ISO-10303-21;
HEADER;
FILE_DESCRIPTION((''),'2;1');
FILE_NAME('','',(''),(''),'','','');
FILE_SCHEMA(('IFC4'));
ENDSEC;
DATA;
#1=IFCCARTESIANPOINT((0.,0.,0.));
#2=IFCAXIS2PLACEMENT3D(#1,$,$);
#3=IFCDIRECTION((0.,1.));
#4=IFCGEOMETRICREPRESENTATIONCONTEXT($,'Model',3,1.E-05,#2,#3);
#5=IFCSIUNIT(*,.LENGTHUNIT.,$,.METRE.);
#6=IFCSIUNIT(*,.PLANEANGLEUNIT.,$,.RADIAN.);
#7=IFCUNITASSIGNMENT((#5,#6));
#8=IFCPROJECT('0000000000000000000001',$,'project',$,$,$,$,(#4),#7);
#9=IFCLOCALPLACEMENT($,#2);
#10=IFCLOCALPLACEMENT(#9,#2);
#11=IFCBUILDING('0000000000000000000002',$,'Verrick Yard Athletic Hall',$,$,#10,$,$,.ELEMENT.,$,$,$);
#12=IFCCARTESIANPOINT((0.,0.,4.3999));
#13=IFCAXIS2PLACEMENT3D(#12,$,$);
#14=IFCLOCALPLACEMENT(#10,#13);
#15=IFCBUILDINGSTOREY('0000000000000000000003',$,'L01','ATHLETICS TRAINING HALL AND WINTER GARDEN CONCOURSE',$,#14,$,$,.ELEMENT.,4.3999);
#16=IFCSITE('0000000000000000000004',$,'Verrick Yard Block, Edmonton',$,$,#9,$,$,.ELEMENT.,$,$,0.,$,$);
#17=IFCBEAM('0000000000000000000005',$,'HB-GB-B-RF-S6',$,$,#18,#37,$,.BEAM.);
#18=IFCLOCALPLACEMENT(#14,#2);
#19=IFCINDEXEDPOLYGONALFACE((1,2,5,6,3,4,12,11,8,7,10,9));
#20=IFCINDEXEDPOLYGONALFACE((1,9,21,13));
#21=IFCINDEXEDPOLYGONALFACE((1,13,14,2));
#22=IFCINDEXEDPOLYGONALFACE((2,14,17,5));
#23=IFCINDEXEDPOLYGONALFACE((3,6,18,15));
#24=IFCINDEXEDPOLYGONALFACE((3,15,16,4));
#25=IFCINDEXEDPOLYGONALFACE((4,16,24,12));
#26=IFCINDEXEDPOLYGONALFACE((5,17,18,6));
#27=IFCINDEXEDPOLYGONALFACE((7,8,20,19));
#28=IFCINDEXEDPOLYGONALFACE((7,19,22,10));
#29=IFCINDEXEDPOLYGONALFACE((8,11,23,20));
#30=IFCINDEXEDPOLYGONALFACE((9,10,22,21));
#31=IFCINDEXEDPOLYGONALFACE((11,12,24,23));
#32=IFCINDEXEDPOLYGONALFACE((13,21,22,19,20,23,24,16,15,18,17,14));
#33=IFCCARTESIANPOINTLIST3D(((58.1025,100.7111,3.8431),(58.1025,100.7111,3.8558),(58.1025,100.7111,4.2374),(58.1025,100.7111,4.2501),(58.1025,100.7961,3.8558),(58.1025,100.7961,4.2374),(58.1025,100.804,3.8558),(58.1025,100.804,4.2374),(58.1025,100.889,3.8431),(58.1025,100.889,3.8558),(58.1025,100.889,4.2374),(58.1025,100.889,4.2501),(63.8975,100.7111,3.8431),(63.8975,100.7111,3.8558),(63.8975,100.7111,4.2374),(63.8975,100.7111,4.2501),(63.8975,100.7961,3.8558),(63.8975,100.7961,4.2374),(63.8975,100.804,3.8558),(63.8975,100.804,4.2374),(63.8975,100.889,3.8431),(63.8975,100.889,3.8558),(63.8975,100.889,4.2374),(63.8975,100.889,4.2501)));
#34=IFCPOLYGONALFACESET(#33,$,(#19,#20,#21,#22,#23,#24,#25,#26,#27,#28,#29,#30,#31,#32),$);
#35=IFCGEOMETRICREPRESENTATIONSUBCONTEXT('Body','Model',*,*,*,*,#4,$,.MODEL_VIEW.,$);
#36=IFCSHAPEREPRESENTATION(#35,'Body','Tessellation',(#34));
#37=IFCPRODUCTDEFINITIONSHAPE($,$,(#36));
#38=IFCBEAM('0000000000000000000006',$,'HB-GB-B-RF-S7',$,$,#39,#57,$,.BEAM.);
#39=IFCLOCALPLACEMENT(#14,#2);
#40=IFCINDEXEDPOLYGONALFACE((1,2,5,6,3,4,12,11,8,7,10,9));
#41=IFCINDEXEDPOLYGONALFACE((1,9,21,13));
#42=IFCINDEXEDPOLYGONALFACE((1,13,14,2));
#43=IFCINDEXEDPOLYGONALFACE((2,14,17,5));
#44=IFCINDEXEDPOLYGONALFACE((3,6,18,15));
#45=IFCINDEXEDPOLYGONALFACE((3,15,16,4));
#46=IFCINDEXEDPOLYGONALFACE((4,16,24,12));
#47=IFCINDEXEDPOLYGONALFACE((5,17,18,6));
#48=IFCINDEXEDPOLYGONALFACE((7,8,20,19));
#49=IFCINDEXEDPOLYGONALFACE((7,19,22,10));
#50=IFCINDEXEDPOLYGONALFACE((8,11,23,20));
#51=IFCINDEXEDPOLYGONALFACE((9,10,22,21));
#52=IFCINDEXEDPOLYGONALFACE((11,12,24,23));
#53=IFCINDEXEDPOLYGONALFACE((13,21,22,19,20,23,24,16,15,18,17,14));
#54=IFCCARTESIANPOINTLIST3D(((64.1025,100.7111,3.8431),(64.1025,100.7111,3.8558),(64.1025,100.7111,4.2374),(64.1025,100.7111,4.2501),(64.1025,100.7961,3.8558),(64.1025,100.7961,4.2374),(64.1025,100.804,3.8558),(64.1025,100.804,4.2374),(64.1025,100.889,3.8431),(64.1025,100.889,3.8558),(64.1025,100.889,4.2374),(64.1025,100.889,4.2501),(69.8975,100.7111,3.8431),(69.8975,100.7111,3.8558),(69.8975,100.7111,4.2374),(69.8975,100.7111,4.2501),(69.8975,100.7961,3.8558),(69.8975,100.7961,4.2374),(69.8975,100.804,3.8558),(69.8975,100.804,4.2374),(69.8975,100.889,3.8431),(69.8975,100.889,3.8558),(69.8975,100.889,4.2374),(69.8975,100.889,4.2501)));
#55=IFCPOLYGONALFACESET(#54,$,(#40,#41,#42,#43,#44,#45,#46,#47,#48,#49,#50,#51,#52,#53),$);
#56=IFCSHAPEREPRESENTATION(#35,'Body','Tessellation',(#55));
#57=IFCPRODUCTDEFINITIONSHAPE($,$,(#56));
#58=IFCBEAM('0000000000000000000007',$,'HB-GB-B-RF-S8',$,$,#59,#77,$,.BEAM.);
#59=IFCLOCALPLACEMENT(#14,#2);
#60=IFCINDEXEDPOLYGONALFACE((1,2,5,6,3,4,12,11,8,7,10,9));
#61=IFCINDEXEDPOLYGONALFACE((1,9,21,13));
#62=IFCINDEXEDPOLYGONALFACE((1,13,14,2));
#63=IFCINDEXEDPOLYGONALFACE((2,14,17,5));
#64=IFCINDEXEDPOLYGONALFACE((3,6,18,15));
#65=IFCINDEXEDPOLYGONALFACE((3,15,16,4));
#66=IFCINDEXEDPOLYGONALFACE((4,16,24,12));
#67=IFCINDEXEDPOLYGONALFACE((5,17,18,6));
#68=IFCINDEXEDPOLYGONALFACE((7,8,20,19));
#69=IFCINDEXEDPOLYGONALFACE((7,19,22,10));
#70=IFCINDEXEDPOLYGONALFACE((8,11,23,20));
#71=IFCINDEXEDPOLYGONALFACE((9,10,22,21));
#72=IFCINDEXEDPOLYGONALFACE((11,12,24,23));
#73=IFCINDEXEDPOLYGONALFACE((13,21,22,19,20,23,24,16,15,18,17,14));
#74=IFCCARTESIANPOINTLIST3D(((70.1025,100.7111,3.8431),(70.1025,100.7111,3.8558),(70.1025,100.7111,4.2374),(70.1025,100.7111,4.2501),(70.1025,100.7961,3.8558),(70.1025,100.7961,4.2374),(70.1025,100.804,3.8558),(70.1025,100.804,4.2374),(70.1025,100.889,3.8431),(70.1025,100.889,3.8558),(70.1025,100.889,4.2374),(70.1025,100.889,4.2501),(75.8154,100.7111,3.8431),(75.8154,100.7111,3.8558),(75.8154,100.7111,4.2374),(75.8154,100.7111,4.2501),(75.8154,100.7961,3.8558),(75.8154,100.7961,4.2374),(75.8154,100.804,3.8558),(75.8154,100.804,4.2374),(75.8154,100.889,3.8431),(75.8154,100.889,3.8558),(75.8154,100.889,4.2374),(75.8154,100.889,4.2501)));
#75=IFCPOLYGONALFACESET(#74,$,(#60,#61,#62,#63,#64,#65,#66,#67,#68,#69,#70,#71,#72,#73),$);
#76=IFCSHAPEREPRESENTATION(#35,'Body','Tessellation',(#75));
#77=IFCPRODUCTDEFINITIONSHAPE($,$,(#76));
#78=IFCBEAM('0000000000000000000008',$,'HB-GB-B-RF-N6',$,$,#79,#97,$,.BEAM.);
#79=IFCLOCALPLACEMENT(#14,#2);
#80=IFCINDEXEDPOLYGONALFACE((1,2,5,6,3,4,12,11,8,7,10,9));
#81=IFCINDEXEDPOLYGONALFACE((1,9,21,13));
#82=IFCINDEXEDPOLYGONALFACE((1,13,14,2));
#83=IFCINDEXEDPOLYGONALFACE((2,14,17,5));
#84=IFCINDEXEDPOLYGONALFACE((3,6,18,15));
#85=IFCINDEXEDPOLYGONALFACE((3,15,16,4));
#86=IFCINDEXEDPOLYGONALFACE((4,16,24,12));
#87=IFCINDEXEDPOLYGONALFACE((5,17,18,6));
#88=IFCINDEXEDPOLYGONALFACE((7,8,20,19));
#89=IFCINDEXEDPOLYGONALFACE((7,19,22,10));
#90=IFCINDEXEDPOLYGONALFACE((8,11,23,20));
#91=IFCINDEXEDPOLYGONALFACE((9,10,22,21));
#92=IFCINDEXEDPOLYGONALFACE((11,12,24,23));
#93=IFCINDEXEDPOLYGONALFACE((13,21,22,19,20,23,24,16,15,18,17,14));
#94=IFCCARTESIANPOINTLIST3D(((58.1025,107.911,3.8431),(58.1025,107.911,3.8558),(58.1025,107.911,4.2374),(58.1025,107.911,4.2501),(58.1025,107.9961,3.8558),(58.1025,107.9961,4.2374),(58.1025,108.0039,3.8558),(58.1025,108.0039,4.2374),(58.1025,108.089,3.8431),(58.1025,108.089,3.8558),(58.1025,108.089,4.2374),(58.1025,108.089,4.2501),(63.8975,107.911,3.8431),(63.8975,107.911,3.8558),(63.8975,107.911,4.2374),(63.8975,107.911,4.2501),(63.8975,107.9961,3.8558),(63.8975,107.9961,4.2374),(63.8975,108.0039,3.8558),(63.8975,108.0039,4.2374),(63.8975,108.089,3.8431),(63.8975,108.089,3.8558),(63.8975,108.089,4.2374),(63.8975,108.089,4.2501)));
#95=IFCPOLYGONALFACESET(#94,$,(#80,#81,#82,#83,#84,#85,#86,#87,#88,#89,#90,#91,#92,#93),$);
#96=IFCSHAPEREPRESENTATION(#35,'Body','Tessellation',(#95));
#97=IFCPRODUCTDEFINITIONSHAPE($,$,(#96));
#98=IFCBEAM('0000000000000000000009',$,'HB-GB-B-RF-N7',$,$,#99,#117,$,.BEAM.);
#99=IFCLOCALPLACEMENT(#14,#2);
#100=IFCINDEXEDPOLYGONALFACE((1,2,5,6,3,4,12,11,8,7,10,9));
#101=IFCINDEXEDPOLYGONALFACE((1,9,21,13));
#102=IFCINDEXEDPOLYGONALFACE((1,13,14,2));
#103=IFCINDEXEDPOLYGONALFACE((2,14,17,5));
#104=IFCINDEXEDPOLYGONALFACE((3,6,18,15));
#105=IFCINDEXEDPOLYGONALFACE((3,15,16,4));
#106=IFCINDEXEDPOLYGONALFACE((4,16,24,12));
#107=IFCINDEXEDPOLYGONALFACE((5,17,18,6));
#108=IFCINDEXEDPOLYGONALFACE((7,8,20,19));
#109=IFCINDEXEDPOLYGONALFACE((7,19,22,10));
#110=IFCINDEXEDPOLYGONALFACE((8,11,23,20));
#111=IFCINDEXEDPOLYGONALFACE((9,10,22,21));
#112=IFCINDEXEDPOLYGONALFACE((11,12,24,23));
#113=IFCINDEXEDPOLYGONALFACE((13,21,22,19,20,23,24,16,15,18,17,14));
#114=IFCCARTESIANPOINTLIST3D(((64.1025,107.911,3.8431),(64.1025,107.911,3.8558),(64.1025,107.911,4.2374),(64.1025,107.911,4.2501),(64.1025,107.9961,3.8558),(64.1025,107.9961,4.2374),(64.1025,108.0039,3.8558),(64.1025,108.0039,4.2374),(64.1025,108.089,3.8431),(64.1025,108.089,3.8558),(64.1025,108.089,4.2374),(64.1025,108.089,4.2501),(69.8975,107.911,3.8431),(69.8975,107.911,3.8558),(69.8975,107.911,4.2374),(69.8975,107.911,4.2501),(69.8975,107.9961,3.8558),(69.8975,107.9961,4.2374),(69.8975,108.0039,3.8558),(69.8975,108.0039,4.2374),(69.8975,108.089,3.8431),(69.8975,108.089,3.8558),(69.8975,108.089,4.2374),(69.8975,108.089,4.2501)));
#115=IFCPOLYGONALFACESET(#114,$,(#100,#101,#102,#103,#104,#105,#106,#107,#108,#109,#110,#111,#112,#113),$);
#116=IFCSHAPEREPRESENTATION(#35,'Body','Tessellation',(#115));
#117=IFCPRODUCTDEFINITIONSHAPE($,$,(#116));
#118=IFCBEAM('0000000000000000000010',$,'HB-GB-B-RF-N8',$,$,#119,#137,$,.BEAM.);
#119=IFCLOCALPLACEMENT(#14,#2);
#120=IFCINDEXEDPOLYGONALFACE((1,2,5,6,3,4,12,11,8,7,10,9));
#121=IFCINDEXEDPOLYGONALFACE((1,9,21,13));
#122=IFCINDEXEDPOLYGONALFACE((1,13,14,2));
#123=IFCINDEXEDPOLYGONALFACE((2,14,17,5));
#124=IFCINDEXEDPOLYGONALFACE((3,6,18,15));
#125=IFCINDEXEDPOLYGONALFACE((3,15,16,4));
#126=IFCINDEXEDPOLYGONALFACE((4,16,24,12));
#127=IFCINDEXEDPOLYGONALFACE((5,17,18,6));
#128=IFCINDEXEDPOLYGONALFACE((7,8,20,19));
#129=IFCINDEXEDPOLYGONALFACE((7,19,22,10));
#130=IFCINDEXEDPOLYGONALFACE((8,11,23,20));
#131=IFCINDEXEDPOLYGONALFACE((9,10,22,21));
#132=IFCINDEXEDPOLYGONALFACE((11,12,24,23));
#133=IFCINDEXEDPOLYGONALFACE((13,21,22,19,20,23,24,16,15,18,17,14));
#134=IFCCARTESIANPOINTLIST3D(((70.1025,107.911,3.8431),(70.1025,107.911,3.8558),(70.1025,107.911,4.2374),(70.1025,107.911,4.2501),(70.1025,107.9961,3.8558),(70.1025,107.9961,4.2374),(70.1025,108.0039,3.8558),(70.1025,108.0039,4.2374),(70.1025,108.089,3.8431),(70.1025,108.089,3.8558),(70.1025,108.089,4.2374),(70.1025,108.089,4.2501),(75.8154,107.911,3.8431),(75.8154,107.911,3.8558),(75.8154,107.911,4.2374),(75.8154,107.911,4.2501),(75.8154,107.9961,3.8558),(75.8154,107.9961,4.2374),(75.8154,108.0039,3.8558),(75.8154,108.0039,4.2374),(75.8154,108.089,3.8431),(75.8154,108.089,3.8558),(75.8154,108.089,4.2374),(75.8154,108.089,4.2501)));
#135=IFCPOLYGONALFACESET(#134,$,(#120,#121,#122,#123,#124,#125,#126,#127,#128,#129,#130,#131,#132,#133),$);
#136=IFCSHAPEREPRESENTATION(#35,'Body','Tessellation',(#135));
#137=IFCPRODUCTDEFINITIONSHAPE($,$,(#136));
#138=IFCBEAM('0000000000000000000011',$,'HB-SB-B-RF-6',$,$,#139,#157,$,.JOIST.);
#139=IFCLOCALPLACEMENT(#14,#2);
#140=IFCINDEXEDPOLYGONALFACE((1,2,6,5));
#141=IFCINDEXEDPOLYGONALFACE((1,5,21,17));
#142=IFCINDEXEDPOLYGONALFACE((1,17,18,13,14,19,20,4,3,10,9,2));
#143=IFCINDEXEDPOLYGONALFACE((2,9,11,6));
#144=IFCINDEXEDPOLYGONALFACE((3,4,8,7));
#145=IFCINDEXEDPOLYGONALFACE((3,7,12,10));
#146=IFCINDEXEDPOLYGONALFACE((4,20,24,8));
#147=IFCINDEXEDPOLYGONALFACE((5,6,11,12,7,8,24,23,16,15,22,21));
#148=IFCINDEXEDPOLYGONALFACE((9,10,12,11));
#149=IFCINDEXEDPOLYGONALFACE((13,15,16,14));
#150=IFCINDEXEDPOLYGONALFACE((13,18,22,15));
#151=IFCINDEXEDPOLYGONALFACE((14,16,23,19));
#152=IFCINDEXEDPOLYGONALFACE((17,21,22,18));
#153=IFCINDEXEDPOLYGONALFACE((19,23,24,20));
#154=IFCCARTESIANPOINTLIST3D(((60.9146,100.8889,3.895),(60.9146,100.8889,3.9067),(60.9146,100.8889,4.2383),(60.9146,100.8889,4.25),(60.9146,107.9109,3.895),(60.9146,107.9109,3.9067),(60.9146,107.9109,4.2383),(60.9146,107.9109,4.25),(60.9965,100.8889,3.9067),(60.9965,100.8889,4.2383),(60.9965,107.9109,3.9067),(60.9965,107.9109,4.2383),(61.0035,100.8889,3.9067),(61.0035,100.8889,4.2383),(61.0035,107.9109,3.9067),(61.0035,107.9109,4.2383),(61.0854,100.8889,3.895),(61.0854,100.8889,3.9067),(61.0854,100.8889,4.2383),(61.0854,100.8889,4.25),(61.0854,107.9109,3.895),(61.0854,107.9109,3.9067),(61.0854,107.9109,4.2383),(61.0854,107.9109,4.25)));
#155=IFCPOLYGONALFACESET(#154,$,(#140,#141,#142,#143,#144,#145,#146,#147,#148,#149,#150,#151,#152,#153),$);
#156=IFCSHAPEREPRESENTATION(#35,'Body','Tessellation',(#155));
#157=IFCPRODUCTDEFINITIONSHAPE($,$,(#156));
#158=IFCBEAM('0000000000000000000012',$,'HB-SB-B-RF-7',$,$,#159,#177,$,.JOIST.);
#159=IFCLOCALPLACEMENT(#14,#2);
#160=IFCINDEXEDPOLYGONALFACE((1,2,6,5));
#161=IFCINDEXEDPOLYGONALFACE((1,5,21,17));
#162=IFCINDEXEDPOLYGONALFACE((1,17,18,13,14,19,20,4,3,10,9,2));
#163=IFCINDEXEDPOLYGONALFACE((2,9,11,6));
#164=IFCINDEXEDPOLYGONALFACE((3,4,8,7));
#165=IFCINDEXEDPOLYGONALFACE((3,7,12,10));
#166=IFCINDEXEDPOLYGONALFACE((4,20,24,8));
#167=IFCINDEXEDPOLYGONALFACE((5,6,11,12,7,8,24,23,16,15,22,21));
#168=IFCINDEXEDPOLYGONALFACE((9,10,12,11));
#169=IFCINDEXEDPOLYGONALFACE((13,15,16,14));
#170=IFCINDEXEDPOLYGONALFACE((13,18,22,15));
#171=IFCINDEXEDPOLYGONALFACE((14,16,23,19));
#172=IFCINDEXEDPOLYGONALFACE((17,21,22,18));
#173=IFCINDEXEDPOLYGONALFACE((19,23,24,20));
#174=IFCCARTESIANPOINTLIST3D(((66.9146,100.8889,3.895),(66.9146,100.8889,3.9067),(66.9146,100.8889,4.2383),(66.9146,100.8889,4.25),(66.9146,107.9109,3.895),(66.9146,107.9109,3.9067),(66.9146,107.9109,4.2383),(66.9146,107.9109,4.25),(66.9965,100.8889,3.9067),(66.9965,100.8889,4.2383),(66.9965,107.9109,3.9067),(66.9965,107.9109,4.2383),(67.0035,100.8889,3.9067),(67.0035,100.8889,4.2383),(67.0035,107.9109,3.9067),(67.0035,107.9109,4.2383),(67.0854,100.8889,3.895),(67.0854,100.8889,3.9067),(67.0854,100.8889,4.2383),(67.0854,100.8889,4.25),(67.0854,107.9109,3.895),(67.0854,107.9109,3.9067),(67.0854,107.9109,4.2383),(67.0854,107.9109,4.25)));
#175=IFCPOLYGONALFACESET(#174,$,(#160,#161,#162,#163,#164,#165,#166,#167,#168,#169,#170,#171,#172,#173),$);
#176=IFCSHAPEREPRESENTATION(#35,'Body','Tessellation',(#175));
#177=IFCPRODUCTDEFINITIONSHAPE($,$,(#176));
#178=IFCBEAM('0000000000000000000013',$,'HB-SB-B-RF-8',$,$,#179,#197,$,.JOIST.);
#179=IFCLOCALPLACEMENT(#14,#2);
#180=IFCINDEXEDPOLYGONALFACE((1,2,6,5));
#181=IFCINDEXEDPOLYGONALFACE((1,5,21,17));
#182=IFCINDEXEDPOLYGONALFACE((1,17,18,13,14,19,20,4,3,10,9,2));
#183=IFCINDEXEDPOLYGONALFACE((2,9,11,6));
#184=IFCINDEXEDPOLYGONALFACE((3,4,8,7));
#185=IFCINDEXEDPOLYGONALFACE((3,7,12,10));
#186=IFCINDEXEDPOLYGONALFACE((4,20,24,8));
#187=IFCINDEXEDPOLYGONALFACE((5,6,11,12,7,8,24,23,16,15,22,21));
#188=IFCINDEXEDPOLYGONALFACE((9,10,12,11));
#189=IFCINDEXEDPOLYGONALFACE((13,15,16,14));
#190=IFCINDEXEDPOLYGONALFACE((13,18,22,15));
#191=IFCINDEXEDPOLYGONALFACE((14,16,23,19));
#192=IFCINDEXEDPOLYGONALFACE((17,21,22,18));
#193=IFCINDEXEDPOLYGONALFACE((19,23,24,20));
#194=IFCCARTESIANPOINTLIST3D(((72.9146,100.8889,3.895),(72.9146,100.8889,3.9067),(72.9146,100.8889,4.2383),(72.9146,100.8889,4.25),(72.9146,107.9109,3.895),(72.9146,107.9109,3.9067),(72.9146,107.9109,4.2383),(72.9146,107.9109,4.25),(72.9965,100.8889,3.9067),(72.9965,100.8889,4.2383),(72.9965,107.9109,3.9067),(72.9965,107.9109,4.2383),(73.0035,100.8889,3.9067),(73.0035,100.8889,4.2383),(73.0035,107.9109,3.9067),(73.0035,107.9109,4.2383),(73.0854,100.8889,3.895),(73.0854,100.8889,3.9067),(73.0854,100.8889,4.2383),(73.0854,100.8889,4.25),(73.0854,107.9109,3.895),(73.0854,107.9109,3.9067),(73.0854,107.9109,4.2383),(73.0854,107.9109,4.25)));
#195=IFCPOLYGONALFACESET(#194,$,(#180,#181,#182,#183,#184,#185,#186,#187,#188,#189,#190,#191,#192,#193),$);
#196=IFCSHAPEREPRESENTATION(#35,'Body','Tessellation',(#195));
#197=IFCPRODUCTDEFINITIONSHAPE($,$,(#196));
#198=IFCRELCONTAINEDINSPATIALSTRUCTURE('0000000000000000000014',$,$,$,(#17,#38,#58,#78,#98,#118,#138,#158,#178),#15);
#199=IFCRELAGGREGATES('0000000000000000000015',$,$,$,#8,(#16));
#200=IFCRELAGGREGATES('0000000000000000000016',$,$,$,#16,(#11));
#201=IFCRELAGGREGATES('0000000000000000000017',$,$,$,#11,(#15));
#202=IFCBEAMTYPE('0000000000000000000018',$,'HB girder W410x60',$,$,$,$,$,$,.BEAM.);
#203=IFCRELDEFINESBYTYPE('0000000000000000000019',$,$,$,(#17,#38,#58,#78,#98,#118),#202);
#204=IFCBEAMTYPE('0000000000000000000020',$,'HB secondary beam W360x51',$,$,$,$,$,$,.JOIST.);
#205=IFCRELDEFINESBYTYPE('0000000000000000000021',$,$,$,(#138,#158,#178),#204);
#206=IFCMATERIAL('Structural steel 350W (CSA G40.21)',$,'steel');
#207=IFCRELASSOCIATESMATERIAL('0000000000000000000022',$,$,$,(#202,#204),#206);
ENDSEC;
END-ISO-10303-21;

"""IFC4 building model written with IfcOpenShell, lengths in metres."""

from ifc_helpers import new_model, si_unit, direction, frame, origin, origin_2d, place, context, subcontext, project, spatial, i_section, extrude, material, material_profile, profile_set, type_object, element, save


model = new_model("IFC4")

# Units and contexts
model_context = context("Model", 3, precision=1e-05, world=origin(), true_north=direction((0.0, 1.0)))
body_context = subcontext(model_context, "Body", "Model", "MODEL_VIEW")
ifc_project = project(units=[si_unit("LENGTHUNIT", "METRE"), si_unit("PLANEANGLEUNIT", "RADIAN")], contexts=[model_context])

# Site, building, storey
site_placement = place(None, origin())
site = spatial("IfcSite", under=ifc_project, at=site_placement, Name="Verrick Yard Block, Edmonton", CompositionType="ELEMENT", RefElevation=0.0)
building_placement = place(site_placement, origin())
building = spatial("IfcBuilding", under=site, at=building_placement, Name="Verrick Yard Athletic Hall", CompositionType="ELEMENT")
storey_placement = place(building_placement, frame((0.0, 0.0, 4.3999)))
storey = spatial("IfcBuildingStorey", under=building, at=storey_placement, Name="L01", Description="ATHLETICS TRAINING HALL AND WINTER GARDEN CONCOURSE", CompositionType="ELEMENT", Elevation=4.3999)

# Shared definitions
ifc_material_1 = material(Name="Structural steel 350W (CSA G40.21)", Category="steel")

# Beams
ifc_material_profile_1 = material_profile(ifc_material_1, i_section(OverallWidth=0.178, OverallDepth=0.407, WebThickness=0.0078, FlangeThickness=0.0127, at=origin_2d()), Name="W410x60")
ifc_profile_set_1 = profile_set([ifc_material_profile_1], Name="Structural steel 350W (CSA G40.21)")
beam_type_1 = type_object("IfcBeamType", Name="HB girder W410x60", PredefinedType="BEAM", material=ifc_profile_set_1)
for number, where, z_axis, x_axis, name in (
    (1, (58.1025, 100.8, 4.0466), (1.0, 0.0, 0.0), (0.0, 1.0, 0.0), "HB-GB-B-RF-S6"),
    (2, (64.1025, 100.8, 4.0466), (1.0, 0.0, 0.0), (0.0, 1.0, 0.0), "HB-GB-B-RF-S7"),
):
    element("IfcBeam", number, at=place(storey_placement, frame(where, z_axis=z_axis, x_axis=x_axis)), inside=storey, type_object=beam_type_1, Name=name, PredefinedType="BEAM", context=body_context, shape_type="SweptSolid", body=[
        extrude(i_section(OverallWidth=0.178, OverallDepth=0.407, WebThickness=0.0078, FlangeThickness=0.0127, at=origin_2d()), origin(), (0.0, 0.0, 1.0), 5.7949),
    ])
beam_1_placement = place(storey_placement, frame((70.1025, 100.8, 4.0466), z_axis=(1.0, 0.0, 0.0), x_axis=(0.0, 1.0, 0.0)))
element("IfcBeam", 3, at=beam_1_placement, inside=storey, type_object=beam_type_1, Name="HB-GB-B-RF-S8", PredefinedType="BEAM", context=body_context, shape_type="SweptSolid", body=[
    extrude(i_section(OverallWidth=0.178, OverallDepth=0.407, WebThickness=0.0078, FlangeThickness=0.0127, at=origin_2d()), origin(), (0.0, 0.0, 1.0), 5.7129),
])
for number, where, z_axis, x_axis, name in (
    (4, (58.1025, 108.0, 4.0466), (1.0, 0.0, 0.0), (0.0, 1.0, 0.0), "HB-GB-B-RF-N6"),
    (5, (64.1025, 108.0, 4.0466), (1.0, 0.0, 0.0), (0.0, 1.0, 0.0), "HB-GB-B-RF-N7"),
):
    element("IfcBeam", number, at=place(storey_placement, frame(where, z_axis=z_axis, x_axis=x_axis)), inside=storey, type_object=beam_type_1, Name=name, PredefinedType="BEAM", context=body_context, shape_type="SweptSolid", body=[
        extrude(i_section(OverallWidth=0.178, OverallDepth=0.407, WebThickness=0.0078, FlangeThickness=0.0127, at=origin_2d()), origin(), (0.0, 0.0, 1.0), 5.7949),
    ])
beam_2_placement = place(storey_placement, frame((70.1025, 108.0, 4.0466), z_axis=(1.0, 0.0, 0.0), x_axis=(0.0, 1.0, 0.0)))
element("IfcBeam", 6, at=beam_2_placement, inside=storey, type_object=beam_type_1, Name="HB-GB-B-RF-N8", PredefinedType="BEAM", context=body_context, shape_type="SweptSolid", body=[
    extrude(i_section(OverallWidth=0.178, OverallDepth=0.407, WebThickness=0.0078, FlangeThickness=0.0127, at=origin_2d()), origin(), (0.0, 0.0, 1.0), 5.7129),
])
ifc_material_profile_2 = material_profile(ifc_material_1, i_section(OverallWidth=0.1709, OverallDepth=0.355, WebThickness=0.0071, FlangeThickness=0.0117, at=origin_2d()), Name="W360x51")
ifc_profile_set_2 = profile_set([ifc_material_profile_2], Name="Structural steel 350W (CSA G40.21)")
beam_type_2 = type_object("IfcBeamType", Name="HB secondary beam W360x51", PredefinedType="JOIST", material=ifc_profile_set_2)
for number, where, z_axis, x_axis, name in (
    (7, (61.0, 100.8889, 4.0725), (0.0, 1.0, 0.0), (-1.0, 0.0, 0.0), "HB-SB-B-RF-6"),
    (8, (67.0, 100.8889, 4.0725), (0.0, 1.0, 0.0), (-1.0, 0.0, 0.0), "HB-SB-B-RF-7"),
    (9, (73.0, 100.8889, 4.0725), (0.0, 1.0, 0.0), (-1.0, 0.0, 0.0), "HB-SB-B-RF-8"),
):
    element("IfcBeam", number, at=place(storey_placement, frame(where, z_axis=z_axis, x_axis=x_axis)), inside=storey, type_object=beam_type_2, Name=name, PredefinedType="JOIST", context=body_context, shape_type="SweptSolid", body=[
        extrude(i_section(OverallWidth=0.1709, OverallDepth=0.355, WebThickness=0.0071, FlangeThickness=0.0117, at=origin_2d()), origin(), (0.0, 0.0, 1.0), 7.022),
    ])

save(model, "model.ifc")
